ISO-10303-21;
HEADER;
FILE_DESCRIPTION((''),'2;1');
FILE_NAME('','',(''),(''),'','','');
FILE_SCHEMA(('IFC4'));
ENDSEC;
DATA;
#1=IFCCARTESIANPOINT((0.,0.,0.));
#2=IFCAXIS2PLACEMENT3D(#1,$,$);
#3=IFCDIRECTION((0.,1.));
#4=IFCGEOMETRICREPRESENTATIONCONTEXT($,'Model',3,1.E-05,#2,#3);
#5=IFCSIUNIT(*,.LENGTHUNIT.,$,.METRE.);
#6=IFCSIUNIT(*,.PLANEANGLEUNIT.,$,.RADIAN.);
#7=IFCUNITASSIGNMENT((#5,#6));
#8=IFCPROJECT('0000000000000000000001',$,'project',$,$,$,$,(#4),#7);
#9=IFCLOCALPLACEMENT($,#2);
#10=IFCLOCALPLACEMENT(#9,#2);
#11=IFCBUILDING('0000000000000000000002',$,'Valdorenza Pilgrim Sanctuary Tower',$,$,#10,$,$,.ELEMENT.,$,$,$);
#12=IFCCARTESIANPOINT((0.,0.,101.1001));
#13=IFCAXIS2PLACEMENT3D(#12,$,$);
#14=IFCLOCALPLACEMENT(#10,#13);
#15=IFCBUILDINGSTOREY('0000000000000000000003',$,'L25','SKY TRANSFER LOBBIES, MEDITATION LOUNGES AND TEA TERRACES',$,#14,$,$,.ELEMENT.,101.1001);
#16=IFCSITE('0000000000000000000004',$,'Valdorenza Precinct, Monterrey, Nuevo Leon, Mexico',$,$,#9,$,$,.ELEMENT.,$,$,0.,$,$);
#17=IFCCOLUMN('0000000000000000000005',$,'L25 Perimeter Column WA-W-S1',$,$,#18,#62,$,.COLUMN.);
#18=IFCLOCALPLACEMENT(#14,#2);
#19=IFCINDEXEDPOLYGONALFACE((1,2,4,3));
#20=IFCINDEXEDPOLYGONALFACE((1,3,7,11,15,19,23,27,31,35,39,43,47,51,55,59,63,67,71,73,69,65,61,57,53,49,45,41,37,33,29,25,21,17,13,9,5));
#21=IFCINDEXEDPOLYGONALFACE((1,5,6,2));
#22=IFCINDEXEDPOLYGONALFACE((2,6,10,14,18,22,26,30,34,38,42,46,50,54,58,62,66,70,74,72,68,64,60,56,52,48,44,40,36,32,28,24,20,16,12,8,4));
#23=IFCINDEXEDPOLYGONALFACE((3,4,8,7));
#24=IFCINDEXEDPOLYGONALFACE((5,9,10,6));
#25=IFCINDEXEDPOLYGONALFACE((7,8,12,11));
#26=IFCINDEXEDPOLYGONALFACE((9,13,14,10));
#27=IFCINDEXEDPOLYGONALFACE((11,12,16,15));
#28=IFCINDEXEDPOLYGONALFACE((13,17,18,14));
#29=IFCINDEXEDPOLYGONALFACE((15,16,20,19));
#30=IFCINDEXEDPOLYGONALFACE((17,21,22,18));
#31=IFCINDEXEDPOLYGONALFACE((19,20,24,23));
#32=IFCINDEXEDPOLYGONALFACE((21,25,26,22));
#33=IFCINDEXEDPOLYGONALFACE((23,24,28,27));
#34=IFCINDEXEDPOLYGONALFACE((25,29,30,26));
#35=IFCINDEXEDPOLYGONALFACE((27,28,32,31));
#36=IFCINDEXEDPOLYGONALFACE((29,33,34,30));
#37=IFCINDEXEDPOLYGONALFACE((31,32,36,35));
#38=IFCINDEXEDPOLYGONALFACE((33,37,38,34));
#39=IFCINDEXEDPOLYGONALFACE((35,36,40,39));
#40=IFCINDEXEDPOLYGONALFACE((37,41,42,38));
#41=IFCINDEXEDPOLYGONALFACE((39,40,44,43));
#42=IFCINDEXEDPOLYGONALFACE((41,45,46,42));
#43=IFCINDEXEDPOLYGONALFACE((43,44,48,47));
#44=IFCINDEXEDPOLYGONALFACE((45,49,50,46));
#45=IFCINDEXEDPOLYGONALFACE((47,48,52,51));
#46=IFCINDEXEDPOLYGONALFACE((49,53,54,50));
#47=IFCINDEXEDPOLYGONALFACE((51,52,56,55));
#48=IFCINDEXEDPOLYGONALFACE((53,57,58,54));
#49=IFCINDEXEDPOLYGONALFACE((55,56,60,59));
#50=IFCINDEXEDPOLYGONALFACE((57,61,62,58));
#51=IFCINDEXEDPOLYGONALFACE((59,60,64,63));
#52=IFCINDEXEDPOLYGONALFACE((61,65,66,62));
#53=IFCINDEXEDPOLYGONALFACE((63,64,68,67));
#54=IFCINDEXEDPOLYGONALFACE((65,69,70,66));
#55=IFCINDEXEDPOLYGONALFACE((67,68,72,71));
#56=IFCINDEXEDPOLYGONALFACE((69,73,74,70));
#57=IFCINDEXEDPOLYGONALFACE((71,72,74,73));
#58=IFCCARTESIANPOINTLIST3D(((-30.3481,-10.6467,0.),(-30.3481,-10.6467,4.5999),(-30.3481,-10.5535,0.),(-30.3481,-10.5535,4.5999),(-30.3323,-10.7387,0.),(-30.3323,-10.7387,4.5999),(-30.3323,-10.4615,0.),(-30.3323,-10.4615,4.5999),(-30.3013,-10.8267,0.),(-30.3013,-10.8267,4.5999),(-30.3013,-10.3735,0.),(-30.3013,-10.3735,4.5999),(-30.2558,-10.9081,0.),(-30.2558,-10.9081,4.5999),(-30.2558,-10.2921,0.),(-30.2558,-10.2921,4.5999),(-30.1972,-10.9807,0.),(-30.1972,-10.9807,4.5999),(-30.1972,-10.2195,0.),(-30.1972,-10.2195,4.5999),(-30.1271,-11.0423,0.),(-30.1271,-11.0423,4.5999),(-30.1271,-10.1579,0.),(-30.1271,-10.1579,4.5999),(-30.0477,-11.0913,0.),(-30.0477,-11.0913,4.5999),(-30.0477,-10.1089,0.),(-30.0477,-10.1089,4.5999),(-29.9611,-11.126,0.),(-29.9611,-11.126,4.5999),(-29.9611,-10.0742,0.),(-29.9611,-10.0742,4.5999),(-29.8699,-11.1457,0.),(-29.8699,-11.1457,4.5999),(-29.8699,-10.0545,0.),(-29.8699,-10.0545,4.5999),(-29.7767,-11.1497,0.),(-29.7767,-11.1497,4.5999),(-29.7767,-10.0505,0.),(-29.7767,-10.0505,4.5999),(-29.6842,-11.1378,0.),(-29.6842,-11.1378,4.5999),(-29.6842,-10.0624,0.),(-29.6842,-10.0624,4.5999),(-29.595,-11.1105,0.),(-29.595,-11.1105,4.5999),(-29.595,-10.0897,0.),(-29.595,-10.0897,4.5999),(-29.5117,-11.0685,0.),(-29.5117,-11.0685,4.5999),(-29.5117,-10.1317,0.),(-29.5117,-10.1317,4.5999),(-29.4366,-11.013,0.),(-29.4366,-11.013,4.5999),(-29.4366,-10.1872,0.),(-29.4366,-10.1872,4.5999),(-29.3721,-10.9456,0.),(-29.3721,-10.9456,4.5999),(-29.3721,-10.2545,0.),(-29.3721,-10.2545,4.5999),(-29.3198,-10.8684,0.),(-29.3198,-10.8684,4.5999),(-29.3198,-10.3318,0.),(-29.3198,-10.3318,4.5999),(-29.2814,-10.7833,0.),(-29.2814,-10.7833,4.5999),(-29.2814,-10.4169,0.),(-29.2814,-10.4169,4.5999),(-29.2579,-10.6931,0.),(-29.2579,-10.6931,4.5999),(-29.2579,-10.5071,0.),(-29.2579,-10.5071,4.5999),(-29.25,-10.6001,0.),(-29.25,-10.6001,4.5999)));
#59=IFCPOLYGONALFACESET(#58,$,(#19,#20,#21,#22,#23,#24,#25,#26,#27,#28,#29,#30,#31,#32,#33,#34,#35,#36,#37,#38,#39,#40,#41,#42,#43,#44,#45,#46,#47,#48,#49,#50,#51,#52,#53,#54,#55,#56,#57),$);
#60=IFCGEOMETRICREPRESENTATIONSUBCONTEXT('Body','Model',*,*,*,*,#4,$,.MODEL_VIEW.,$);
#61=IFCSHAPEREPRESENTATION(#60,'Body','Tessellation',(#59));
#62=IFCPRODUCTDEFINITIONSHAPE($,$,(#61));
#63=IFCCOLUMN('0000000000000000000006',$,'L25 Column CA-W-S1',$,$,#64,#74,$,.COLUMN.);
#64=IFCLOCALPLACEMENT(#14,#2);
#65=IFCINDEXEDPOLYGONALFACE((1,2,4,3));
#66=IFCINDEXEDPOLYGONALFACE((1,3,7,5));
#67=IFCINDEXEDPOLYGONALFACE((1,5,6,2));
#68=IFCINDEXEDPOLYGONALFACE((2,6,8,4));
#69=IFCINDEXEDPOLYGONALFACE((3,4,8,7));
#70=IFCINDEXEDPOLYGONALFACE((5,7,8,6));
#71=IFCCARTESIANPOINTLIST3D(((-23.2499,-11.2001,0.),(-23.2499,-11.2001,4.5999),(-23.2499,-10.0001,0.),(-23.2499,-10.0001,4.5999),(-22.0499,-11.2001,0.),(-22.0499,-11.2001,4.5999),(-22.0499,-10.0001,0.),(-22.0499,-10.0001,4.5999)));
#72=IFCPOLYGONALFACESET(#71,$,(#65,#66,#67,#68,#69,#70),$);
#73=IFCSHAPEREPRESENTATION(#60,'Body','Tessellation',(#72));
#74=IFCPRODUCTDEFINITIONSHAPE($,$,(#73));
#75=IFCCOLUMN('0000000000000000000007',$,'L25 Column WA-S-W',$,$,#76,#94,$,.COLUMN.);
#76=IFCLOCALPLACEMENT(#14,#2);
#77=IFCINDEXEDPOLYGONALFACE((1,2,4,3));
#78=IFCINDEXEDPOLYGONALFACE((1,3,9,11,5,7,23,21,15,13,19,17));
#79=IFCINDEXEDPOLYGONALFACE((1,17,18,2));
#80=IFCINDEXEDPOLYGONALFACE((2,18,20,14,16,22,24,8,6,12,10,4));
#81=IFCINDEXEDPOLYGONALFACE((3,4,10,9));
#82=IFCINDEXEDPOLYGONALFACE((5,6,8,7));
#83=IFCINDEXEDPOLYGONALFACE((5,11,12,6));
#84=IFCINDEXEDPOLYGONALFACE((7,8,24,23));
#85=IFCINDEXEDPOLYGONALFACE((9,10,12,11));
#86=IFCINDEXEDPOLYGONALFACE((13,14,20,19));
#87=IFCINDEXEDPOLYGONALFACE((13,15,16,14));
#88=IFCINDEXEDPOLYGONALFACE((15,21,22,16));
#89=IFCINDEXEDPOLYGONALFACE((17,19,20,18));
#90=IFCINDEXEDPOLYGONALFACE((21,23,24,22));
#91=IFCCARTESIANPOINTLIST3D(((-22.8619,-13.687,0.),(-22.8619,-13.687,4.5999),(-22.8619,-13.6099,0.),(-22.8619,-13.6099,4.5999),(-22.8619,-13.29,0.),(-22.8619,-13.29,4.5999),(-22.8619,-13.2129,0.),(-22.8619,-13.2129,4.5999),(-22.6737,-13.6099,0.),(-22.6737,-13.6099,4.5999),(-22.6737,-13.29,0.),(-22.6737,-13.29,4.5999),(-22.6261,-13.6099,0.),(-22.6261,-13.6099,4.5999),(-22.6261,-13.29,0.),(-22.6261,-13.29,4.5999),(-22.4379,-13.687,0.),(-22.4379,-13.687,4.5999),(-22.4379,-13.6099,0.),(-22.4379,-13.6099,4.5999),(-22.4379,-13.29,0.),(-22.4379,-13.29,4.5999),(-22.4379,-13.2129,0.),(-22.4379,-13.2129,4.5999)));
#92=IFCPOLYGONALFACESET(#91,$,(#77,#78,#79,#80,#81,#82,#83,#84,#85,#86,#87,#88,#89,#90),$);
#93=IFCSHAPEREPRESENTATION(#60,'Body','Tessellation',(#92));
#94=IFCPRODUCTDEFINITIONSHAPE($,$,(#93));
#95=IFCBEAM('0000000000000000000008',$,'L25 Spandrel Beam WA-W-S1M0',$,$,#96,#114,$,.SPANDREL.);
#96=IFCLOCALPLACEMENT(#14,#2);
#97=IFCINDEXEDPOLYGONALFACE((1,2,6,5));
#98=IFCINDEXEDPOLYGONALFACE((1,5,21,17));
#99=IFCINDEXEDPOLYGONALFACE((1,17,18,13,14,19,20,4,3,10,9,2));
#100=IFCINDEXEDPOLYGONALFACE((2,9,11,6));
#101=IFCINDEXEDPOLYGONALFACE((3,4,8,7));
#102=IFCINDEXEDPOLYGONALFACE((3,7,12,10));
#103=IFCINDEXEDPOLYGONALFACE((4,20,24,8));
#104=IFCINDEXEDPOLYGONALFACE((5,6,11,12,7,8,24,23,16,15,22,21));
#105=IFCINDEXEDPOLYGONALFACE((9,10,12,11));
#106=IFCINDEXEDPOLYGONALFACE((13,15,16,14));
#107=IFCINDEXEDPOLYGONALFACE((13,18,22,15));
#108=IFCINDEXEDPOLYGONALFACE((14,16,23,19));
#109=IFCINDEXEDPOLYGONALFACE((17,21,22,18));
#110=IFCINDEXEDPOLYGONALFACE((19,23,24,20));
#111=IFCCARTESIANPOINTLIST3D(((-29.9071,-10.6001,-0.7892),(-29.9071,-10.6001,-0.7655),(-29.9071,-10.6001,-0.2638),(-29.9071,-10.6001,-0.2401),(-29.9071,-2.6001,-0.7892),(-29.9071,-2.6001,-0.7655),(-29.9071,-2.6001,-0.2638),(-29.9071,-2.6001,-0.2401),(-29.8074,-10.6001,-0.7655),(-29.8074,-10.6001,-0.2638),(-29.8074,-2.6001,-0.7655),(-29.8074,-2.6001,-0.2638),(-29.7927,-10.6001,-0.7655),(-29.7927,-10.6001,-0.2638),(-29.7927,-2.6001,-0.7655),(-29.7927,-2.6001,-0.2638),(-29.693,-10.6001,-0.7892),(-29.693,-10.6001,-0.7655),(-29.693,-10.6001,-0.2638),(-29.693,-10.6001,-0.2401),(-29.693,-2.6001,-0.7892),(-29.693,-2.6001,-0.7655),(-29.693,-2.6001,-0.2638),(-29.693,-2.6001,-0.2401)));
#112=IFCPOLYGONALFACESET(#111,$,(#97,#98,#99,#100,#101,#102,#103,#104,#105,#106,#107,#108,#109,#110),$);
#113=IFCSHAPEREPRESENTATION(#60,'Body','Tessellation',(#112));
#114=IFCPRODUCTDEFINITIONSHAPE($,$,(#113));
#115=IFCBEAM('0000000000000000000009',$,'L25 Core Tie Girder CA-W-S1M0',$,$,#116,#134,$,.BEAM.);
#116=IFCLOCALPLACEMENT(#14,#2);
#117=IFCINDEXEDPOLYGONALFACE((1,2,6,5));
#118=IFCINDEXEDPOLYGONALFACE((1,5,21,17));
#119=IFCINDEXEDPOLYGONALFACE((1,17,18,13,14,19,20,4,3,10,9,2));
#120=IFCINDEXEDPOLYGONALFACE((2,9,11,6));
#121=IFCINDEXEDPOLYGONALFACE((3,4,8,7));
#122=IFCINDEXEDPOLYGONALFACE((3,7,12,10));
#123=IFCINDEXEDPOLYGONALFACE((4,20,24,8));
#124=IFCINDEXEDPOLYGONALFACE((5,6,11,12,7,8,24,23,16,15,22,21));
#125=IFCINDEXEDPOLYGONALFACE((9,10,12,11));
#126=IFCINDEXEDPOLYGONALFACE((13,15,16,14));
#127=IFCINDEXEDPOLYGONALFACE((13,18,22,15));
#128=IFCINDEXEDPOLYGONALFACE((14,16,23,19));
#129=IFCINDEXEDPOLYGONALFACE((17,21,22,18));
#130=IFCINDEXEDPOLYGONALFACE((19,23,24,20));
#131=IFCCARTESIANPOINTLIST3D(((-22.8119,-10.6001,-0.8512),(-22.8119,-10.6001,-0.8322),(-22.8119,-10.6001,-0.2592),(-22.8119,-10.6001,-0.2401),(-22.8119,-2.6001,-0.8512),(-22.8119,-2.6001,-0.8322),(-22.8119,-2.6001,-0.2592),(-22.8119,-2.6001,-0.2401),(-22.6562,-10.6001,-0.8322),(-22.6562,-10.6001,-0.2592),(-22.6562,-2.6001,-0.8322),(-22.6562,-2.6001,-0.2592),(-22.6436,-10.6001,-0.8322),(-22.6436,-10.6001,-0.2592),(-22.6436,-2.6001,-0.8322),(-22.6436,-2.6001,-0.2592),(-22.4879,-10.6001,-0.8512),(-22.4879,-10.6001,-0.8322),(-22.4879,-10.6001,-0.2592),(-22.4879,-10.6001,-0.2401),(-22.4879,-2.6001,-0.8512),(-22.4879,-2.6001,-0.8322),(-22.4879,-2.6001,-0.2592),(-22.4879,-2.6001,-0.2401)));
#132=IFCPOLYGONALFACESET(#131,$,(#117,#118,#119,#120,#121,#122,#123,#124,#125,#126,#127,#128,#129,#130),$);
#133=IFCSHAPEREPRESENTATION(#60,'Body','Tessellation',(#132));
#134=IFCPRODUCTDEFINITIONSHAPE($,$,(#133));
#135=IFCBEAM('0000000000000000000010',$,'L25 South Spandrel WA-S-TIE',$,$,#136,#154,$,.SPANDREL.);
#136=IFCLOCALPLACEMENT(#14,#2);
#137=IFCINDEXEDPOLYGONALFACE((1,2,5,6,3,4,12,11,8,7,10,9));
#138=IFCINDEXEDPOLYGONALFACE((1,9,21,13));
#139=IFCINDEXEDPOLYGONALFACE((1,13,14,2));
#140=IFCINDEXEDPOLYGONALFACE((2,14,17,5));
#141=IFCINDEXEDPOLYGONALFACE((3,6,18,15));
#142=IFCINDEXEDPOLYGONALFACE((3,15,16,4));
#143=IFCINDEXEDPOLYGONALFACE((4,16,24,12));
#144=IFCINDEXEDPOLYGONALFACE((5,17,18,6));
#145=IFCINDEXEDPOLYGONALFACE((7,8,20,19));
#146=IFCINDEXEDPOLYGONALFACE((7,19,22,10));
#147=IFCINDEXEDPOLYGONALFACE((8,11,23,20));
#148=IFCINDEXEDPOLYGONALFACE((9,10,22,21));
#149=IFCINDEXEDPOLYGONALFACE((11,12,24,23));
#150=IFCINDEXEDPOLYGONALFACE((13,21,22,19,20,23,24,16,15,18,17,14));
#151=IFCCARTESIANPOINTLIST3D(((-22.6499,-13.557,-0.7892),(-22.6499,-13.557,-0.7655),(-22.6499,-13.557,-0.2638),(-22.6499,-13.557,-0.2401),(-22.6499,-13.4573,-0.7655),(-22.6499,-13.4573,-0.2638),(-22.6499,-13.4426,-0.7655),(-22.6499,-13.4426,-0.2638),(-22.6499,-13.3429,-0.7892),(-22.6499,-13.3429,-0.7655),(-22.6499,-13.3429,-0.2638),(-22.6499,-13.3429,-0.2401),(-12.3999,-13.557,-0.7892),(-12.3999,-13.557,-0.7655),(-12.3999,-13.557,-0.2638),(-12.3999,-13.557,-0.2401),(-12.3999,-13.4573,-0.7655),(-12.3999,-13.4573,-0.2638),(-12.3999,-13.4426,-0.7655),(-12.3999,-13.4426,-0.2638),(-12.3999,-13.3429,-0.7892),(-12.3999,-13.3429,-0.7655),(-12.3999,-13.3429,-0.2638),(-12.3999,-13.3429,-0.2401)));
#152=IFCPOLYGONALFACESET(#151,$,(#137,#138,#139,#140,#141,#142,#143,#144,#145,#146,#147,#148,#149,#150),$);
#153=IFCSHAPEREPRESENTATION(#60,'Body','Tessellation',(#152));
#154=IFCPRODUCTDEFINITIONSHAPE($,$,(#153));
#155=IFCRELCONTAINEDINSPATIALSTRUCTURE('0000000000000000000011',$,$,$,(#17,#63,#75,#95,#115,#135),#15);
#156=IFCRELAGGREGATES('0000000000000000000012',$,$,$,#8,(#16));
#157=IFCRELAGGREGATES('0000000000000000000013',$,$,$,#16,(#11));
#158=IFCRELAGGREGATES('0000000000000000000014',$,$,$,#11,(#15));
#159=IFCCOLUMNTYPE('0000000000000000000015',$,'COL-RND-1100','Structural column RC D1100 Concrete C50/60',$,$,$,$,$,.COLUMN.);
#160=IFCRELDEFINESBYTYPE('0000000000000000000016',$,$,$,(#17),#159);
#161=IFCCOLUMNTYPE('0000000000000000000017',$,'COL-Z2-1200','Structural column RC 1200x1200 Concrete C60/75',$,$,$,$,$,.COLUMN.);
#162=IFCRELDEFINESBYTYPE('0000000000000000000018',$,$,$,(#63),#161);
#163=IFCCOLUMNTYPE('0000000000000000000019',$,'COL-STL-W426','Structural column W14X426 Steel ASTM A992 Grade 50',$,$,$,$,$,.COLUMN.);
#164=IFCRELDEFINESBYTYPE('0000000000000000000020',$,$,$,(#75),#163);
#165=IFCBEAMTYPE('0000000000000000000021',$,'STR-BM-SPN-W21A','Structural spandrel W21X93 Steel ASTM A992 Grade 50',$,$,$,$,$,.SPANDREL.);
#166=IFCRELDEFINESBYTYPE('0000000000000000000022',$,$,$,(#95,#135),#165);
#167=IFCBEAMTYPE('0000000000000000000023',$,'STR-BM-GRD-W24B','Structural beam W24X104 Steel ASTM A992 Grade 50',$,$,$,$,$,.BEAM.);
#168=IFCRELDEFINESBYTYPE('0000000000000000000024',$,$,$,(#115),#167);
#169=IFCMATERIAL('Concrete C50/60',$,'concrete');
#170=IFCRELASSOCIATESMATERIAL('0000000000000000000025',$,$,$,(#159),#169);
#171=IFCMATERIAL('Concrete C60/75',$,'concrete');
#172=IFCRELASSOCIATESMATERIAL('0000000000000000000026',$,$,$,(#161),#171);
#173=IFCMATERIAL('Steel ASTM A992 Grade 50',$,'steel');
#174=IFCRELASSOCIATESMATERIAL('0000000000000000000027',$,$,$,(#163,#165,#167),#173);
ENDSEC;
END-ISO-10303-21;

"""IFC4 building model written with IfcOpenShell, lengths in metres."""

from ifc_helpers import new_model, si_unit, direction, frame, origin, origin_2d, place, context, subcontext, project, spatial, rectangle, circle, i_section, extrude, source, transform, mapped, material, material_profile, profile_set, type_object, element, save


model = new_model("IFC4")

# Units and contexts
model_context = context("Model", 3, precision=1e-05, world=origin(), true_north=direction((0.0, 1.0)))
body_context = subcontext(model_context, "Body", "Model", "MODEL_VIEW")
ifc_project = project(units=[si_unit("LENGTHUNIT", "METRE"), si_unit("PLANEANGLEUNIT", "RADIAN")], contexts=[model_context])

# Site, building, storey
site_placement = place(None, origin())
site = spatial("IfcSite", under=ifc_project, at=site_placement, Name="Valdorenza Precinct, Monterrey, Nuevo Leon, Mexico", CompositionType="ELEMENT", RefElevation=0.0)
building_placement = place(site_placement, origin())
building = spatial("IfcBuilding", under=site, at=building_placement, Name="Valdorenza Pilgrim Sanctuary Tower", CompositionType="ELEMENT")
storey_placement = place(building_placement, frame((0.0, 0.0, 101.1001)))
storey = spatial("IfcBuildingStorey", under=building, at=storey_placement, Name="L25", Description="SKY TRANSFER LOBBIES, MEDITATION LOUNGES AND TEA TERRACES", CompositionType="ELEMENT", Elevation=101.1001)

# Columns
ifc_material_1 = material(Name="Concrete C50/60", Category="concrete")
ifc_material_profile_1 = material_profile(ifc_material_1, circle(Radius=0.55, at=origin_2d()), Name="RC D1100")
ifc_profile_set_1 = profile_set([ifc_material_profile_1], Name="Concrete C50/60")
column_type_1 = type_object("IfcColumnType", Name="COL-RND-1100", Description="Structural column RC D1100 Concrete C50/60", PredefinedType="COLUMN", material=ifc_profile_set_1)
shared_shape_1 = source(origin(), body_context, "Body", "SweptSolid", [
    extrude(circle(Radius=0.55, at=origin_2d()), origin(), (0.0, 0.0, 1.0), 4.5999),
])
column_1_placement = place(storey_placement, frame((-29.8, -10.6001, 0.0), z_axis=(0.0, 0.0, 1.0), x_axis=(1.0, 0.0, 0.0)))
element("IfcColumn", 1, at=column_1_placement, inside=storey, type_object=column_type_1, Name="L25 Perimeter Column WA-W-S1", PredefinedType="COLUMN", context=body_context, shape_type="MappedRepresentation", body=[
    mapped(shared_shape_1, transform((0.0, 0.0, 0.0), x_axis=(1.0, 0.0, 0.0), y_axis=(0.0, 1.0, 0.0), z_axis=(0.0, 0.0, 1.0), scale=1.0)),
])
ifc_material_2 = material(Name="Concrete C60/75", Category="concrete")
ifc_material_profile_2 = material_profile(ifc_material_2, rectangle(XDim=1.2, YDim=1.2, at=origin_2d()), Name="RC 1200x1200")
ifc_profile_set_2 = profile_set([ifc_material_profile_2], Name="Concrete C60/75")
column_type_2 = type_object("IfcColumnType", Name="COL-Z2-1200", Description="Structural column RC 1200x1200 Concrete C60/75", PredefinedType="COLUMN", material=ifc_profile_set_2)
shared_shape_2 = source(origin(), body_context, "Body", "SweptSolid", [
    extrude(rectangle(XDim=1.2, YDim=1.2, at=origin_2d()), origin(), (0.0, 0.0, 1.0), 4.5999),
])
column_2_placement = place(storey_placement, frame((-22.6499, -10.6001, 0.0), z_axis=(0.0, 0.0, 1.0), x_axis=(1.0, 0.0, 0.0)))
element("IfcColumn", 2, at=column_2_placement, inside=storey, type_object=column_type_2, Name="L25 Column CA-W-S1", PredefinedType="COLUMN", context=body_context, shape_type="MappedRepresentation", body=[
    mapped(shared_shape_2, transform((0.0, 0.0, 0.0), x_axis=(1.0, 0.0, 0.0), y_axis=(0.0, 1.0, 0.0), z_axis=(0.0, 0.0, 1.0), scale=1.0)),
])
ifc_material_3 = material(Name="Steel ASTM A992 Grade 50", Category="steel")
ifc_material_profile_3 = material_profile(ifc_material_3, i_section(OverallWidth=0.4241, OverallDepth=0.4741, WebThickness=0.0476, FlangeThickness=0.0771, at=origin_2d()), Name="W14X426")
ifc_profile_set_3 = profile_set([ifc_material_profile_3], Name="Steel ASTM A992 Grade 50")
column_type_3 = type_object("IfcColumnType", Name="COL-STL-W426", Description="Structural column W14X426 Steel ASTM A992 Grade 50", PredefinedType="COLUMN", material=ifc_profile_set_3)
shared_shape_3 = source(origin(), body_context, "Body", "SweptSolid", [
    extrude(i_section(OverallWidth=0.4241, OverallDepth=0.4741, WebThickness=0.0476, FlangeThickness=0.0771, at=origin_2d()), origin(), (0.0, 0.0, 1.0), 4.5999),
])
column_3_placement = place(storey_placement, frame((-22.6499, -13.45, 0.0), z_axis=(0.0, 0.0, 1.0), x_axis=(1.0, 0.0, 0.0)))
element("IfcColumn", 3, at=column_3_placement, inside=storey, type_object=column_type_3, Name="L25 Column WA-S-W", PredefinedType="COLUMN", context=body_context, shape_type="MappedRepresentation", body=[
    mapped(shared_shape_3, transform((0.0, 0.0, 0.0), x_axis=(1.0, 0.0, 0.0), y_axis=(0.0, 1.0, 0.0), z_axis=(0.0, 0.0, 1.0), scale=1.0)),
])

# Beams
ifc_material_profile_4 = material_profile(ifc_material_3, i_section(OverallWidth=0.2141, OverallDepth=0.5491, WebThickness=0.0146, FlangeThickness=0.0237, at=origin_2d()), Name="W21X93")
ifc_profile_set_4 = profile_set([ifc_material_profile_4], Name="Steel ASTM A992 Grade 50")
beam_type_1 = type_object("IfcBeamType", Name="STR-BM-SPN-W21A", Description="Structural spandrel W21X93 Steel ASTM A992 Grade 50", PredefinedType="SPANDREL", material=ifc_profile_set_4)
shared_shape_4 = source(origin(), body_context, "Body", "SweptSolid", [
    extrude(i_section(OverallWidth=0.2141, OverallDepth=0.5491, WebThickness=0.0146, FlangeThickness=0.0237, at=origin_2d()), origin(), (0.0, 0.0, 1.0), 8.0),
])
beam_1_placement = place(storey_placement, frame((-29.8, -10.6001, -0.5146), z_axis=(0.0, 1.0, 0.0), x_axis=(-1.0, 0.0, 0.0)))
element("IfcBeam", 4, at=beam_1_placement, inside=storey, type_object=beam_type_1, Name="L25 Spandrel Beam WA-W-S1M0", PredefinedType="SPANDREL", context=body_context, shape_type="MappedRepresentation", body=[
    mapped(shared_shape_4, transform((0.0, 0.0, 0.0), x_axis=(1.0, 0.0, 0.0), y_axis=(0.0, 1.0, 0.0), z_axis=(0.0, 0.0, 1.0), scale=1.0)),
])
ifc_material_profile_5 = material_profile(ifc_material_3, i_section(OverallWidth=0.324, OverallDepth=0.6111, WebThickness=0.0127, FlangeThickness=0.019, at=origin_2d()), Name="W24X104")
ifc_profile_set_5 = profile_set([ifc_material_profile_5], Name="Steel ASTM A992 Grade 50")
beam_type_2 = type_object("IfcBeamType", Name="STR-BM-GRD-W24B", Description="Structural beam W24X104 Steel ASTM A992 Grade 50", PredefinedType="BEAM", material=ifc_profile_set_5)
shared_shape_5 = source(origin(), body_context, "Body", "SweptSolid", [
    extrude(i_section(OverallWidth=0.324, OverallDepth=0.6111, WebThickness=0.0127, FlangeThickness=0.019, at=origin_2d()), origin(), (0.0, 0.0, 1.0), 8.0),
])
beam_2_placement = place(storey_placement, frame((-22.6499, -10.6001, -0.5457), z_axis=(0.0, 1.0, 0.0), x_axis=(-1.0, 0.0, 0.0)))
element("IfcBeam", 5, at=beam_2_placement, inside=storey, type_object=beam_type_2, Name="L25 Core Tie Girder CA-W-S1M0", PredefinedType="BEAM", context=body_context, shape_type="MappedRepresentation", body=[
    mapped(shared_shape_5, transform((0.0, 0.0, 0.0), x_axis=(1.0, 0.0, 0.0), y_axis=(0.0, 1.0, 0.0), z_axis=(0.0, 0.0, 1.0), scale=1.0)),
])
shared_shape_6 = source(origin(), body_context, "Body", "SweptSolid", [
    extrude(i_section(OverallWidth=0.2141, OverallDepth=0.5491, WebThickness=0.0146, FlangeThickness=0.0237, at=origin_2d()), origin(), (0.0, 0.0, 1.0), 10.25),
])
beam_3_placement = place(storey_placement, frame((-22.6499, -13.45, -0.5146), z_axis=(1.0, 0.0, 0.0), x_axis=(0.0, 1.0, 0.0)))
element("IfcBeam", 6, at=beam_3_placement, inside=storey, type_object=beam_type_1, Name="L25 South Spandrel WA-S-TIE", PredefinedType="SPANDREL", context=body_context, shape_type="MappedRepresentation", body=[
    mapped(shared_shape_6, transform((0.0, 0.0, 0.0), x_axis=(1.0, 0.0, 0.0), y_axis=(0.0, 1.0, 0.0), z_axis=(0.0, 0.0, 1.0), scale=1.0)),
])

save(model, "model.ifc")
